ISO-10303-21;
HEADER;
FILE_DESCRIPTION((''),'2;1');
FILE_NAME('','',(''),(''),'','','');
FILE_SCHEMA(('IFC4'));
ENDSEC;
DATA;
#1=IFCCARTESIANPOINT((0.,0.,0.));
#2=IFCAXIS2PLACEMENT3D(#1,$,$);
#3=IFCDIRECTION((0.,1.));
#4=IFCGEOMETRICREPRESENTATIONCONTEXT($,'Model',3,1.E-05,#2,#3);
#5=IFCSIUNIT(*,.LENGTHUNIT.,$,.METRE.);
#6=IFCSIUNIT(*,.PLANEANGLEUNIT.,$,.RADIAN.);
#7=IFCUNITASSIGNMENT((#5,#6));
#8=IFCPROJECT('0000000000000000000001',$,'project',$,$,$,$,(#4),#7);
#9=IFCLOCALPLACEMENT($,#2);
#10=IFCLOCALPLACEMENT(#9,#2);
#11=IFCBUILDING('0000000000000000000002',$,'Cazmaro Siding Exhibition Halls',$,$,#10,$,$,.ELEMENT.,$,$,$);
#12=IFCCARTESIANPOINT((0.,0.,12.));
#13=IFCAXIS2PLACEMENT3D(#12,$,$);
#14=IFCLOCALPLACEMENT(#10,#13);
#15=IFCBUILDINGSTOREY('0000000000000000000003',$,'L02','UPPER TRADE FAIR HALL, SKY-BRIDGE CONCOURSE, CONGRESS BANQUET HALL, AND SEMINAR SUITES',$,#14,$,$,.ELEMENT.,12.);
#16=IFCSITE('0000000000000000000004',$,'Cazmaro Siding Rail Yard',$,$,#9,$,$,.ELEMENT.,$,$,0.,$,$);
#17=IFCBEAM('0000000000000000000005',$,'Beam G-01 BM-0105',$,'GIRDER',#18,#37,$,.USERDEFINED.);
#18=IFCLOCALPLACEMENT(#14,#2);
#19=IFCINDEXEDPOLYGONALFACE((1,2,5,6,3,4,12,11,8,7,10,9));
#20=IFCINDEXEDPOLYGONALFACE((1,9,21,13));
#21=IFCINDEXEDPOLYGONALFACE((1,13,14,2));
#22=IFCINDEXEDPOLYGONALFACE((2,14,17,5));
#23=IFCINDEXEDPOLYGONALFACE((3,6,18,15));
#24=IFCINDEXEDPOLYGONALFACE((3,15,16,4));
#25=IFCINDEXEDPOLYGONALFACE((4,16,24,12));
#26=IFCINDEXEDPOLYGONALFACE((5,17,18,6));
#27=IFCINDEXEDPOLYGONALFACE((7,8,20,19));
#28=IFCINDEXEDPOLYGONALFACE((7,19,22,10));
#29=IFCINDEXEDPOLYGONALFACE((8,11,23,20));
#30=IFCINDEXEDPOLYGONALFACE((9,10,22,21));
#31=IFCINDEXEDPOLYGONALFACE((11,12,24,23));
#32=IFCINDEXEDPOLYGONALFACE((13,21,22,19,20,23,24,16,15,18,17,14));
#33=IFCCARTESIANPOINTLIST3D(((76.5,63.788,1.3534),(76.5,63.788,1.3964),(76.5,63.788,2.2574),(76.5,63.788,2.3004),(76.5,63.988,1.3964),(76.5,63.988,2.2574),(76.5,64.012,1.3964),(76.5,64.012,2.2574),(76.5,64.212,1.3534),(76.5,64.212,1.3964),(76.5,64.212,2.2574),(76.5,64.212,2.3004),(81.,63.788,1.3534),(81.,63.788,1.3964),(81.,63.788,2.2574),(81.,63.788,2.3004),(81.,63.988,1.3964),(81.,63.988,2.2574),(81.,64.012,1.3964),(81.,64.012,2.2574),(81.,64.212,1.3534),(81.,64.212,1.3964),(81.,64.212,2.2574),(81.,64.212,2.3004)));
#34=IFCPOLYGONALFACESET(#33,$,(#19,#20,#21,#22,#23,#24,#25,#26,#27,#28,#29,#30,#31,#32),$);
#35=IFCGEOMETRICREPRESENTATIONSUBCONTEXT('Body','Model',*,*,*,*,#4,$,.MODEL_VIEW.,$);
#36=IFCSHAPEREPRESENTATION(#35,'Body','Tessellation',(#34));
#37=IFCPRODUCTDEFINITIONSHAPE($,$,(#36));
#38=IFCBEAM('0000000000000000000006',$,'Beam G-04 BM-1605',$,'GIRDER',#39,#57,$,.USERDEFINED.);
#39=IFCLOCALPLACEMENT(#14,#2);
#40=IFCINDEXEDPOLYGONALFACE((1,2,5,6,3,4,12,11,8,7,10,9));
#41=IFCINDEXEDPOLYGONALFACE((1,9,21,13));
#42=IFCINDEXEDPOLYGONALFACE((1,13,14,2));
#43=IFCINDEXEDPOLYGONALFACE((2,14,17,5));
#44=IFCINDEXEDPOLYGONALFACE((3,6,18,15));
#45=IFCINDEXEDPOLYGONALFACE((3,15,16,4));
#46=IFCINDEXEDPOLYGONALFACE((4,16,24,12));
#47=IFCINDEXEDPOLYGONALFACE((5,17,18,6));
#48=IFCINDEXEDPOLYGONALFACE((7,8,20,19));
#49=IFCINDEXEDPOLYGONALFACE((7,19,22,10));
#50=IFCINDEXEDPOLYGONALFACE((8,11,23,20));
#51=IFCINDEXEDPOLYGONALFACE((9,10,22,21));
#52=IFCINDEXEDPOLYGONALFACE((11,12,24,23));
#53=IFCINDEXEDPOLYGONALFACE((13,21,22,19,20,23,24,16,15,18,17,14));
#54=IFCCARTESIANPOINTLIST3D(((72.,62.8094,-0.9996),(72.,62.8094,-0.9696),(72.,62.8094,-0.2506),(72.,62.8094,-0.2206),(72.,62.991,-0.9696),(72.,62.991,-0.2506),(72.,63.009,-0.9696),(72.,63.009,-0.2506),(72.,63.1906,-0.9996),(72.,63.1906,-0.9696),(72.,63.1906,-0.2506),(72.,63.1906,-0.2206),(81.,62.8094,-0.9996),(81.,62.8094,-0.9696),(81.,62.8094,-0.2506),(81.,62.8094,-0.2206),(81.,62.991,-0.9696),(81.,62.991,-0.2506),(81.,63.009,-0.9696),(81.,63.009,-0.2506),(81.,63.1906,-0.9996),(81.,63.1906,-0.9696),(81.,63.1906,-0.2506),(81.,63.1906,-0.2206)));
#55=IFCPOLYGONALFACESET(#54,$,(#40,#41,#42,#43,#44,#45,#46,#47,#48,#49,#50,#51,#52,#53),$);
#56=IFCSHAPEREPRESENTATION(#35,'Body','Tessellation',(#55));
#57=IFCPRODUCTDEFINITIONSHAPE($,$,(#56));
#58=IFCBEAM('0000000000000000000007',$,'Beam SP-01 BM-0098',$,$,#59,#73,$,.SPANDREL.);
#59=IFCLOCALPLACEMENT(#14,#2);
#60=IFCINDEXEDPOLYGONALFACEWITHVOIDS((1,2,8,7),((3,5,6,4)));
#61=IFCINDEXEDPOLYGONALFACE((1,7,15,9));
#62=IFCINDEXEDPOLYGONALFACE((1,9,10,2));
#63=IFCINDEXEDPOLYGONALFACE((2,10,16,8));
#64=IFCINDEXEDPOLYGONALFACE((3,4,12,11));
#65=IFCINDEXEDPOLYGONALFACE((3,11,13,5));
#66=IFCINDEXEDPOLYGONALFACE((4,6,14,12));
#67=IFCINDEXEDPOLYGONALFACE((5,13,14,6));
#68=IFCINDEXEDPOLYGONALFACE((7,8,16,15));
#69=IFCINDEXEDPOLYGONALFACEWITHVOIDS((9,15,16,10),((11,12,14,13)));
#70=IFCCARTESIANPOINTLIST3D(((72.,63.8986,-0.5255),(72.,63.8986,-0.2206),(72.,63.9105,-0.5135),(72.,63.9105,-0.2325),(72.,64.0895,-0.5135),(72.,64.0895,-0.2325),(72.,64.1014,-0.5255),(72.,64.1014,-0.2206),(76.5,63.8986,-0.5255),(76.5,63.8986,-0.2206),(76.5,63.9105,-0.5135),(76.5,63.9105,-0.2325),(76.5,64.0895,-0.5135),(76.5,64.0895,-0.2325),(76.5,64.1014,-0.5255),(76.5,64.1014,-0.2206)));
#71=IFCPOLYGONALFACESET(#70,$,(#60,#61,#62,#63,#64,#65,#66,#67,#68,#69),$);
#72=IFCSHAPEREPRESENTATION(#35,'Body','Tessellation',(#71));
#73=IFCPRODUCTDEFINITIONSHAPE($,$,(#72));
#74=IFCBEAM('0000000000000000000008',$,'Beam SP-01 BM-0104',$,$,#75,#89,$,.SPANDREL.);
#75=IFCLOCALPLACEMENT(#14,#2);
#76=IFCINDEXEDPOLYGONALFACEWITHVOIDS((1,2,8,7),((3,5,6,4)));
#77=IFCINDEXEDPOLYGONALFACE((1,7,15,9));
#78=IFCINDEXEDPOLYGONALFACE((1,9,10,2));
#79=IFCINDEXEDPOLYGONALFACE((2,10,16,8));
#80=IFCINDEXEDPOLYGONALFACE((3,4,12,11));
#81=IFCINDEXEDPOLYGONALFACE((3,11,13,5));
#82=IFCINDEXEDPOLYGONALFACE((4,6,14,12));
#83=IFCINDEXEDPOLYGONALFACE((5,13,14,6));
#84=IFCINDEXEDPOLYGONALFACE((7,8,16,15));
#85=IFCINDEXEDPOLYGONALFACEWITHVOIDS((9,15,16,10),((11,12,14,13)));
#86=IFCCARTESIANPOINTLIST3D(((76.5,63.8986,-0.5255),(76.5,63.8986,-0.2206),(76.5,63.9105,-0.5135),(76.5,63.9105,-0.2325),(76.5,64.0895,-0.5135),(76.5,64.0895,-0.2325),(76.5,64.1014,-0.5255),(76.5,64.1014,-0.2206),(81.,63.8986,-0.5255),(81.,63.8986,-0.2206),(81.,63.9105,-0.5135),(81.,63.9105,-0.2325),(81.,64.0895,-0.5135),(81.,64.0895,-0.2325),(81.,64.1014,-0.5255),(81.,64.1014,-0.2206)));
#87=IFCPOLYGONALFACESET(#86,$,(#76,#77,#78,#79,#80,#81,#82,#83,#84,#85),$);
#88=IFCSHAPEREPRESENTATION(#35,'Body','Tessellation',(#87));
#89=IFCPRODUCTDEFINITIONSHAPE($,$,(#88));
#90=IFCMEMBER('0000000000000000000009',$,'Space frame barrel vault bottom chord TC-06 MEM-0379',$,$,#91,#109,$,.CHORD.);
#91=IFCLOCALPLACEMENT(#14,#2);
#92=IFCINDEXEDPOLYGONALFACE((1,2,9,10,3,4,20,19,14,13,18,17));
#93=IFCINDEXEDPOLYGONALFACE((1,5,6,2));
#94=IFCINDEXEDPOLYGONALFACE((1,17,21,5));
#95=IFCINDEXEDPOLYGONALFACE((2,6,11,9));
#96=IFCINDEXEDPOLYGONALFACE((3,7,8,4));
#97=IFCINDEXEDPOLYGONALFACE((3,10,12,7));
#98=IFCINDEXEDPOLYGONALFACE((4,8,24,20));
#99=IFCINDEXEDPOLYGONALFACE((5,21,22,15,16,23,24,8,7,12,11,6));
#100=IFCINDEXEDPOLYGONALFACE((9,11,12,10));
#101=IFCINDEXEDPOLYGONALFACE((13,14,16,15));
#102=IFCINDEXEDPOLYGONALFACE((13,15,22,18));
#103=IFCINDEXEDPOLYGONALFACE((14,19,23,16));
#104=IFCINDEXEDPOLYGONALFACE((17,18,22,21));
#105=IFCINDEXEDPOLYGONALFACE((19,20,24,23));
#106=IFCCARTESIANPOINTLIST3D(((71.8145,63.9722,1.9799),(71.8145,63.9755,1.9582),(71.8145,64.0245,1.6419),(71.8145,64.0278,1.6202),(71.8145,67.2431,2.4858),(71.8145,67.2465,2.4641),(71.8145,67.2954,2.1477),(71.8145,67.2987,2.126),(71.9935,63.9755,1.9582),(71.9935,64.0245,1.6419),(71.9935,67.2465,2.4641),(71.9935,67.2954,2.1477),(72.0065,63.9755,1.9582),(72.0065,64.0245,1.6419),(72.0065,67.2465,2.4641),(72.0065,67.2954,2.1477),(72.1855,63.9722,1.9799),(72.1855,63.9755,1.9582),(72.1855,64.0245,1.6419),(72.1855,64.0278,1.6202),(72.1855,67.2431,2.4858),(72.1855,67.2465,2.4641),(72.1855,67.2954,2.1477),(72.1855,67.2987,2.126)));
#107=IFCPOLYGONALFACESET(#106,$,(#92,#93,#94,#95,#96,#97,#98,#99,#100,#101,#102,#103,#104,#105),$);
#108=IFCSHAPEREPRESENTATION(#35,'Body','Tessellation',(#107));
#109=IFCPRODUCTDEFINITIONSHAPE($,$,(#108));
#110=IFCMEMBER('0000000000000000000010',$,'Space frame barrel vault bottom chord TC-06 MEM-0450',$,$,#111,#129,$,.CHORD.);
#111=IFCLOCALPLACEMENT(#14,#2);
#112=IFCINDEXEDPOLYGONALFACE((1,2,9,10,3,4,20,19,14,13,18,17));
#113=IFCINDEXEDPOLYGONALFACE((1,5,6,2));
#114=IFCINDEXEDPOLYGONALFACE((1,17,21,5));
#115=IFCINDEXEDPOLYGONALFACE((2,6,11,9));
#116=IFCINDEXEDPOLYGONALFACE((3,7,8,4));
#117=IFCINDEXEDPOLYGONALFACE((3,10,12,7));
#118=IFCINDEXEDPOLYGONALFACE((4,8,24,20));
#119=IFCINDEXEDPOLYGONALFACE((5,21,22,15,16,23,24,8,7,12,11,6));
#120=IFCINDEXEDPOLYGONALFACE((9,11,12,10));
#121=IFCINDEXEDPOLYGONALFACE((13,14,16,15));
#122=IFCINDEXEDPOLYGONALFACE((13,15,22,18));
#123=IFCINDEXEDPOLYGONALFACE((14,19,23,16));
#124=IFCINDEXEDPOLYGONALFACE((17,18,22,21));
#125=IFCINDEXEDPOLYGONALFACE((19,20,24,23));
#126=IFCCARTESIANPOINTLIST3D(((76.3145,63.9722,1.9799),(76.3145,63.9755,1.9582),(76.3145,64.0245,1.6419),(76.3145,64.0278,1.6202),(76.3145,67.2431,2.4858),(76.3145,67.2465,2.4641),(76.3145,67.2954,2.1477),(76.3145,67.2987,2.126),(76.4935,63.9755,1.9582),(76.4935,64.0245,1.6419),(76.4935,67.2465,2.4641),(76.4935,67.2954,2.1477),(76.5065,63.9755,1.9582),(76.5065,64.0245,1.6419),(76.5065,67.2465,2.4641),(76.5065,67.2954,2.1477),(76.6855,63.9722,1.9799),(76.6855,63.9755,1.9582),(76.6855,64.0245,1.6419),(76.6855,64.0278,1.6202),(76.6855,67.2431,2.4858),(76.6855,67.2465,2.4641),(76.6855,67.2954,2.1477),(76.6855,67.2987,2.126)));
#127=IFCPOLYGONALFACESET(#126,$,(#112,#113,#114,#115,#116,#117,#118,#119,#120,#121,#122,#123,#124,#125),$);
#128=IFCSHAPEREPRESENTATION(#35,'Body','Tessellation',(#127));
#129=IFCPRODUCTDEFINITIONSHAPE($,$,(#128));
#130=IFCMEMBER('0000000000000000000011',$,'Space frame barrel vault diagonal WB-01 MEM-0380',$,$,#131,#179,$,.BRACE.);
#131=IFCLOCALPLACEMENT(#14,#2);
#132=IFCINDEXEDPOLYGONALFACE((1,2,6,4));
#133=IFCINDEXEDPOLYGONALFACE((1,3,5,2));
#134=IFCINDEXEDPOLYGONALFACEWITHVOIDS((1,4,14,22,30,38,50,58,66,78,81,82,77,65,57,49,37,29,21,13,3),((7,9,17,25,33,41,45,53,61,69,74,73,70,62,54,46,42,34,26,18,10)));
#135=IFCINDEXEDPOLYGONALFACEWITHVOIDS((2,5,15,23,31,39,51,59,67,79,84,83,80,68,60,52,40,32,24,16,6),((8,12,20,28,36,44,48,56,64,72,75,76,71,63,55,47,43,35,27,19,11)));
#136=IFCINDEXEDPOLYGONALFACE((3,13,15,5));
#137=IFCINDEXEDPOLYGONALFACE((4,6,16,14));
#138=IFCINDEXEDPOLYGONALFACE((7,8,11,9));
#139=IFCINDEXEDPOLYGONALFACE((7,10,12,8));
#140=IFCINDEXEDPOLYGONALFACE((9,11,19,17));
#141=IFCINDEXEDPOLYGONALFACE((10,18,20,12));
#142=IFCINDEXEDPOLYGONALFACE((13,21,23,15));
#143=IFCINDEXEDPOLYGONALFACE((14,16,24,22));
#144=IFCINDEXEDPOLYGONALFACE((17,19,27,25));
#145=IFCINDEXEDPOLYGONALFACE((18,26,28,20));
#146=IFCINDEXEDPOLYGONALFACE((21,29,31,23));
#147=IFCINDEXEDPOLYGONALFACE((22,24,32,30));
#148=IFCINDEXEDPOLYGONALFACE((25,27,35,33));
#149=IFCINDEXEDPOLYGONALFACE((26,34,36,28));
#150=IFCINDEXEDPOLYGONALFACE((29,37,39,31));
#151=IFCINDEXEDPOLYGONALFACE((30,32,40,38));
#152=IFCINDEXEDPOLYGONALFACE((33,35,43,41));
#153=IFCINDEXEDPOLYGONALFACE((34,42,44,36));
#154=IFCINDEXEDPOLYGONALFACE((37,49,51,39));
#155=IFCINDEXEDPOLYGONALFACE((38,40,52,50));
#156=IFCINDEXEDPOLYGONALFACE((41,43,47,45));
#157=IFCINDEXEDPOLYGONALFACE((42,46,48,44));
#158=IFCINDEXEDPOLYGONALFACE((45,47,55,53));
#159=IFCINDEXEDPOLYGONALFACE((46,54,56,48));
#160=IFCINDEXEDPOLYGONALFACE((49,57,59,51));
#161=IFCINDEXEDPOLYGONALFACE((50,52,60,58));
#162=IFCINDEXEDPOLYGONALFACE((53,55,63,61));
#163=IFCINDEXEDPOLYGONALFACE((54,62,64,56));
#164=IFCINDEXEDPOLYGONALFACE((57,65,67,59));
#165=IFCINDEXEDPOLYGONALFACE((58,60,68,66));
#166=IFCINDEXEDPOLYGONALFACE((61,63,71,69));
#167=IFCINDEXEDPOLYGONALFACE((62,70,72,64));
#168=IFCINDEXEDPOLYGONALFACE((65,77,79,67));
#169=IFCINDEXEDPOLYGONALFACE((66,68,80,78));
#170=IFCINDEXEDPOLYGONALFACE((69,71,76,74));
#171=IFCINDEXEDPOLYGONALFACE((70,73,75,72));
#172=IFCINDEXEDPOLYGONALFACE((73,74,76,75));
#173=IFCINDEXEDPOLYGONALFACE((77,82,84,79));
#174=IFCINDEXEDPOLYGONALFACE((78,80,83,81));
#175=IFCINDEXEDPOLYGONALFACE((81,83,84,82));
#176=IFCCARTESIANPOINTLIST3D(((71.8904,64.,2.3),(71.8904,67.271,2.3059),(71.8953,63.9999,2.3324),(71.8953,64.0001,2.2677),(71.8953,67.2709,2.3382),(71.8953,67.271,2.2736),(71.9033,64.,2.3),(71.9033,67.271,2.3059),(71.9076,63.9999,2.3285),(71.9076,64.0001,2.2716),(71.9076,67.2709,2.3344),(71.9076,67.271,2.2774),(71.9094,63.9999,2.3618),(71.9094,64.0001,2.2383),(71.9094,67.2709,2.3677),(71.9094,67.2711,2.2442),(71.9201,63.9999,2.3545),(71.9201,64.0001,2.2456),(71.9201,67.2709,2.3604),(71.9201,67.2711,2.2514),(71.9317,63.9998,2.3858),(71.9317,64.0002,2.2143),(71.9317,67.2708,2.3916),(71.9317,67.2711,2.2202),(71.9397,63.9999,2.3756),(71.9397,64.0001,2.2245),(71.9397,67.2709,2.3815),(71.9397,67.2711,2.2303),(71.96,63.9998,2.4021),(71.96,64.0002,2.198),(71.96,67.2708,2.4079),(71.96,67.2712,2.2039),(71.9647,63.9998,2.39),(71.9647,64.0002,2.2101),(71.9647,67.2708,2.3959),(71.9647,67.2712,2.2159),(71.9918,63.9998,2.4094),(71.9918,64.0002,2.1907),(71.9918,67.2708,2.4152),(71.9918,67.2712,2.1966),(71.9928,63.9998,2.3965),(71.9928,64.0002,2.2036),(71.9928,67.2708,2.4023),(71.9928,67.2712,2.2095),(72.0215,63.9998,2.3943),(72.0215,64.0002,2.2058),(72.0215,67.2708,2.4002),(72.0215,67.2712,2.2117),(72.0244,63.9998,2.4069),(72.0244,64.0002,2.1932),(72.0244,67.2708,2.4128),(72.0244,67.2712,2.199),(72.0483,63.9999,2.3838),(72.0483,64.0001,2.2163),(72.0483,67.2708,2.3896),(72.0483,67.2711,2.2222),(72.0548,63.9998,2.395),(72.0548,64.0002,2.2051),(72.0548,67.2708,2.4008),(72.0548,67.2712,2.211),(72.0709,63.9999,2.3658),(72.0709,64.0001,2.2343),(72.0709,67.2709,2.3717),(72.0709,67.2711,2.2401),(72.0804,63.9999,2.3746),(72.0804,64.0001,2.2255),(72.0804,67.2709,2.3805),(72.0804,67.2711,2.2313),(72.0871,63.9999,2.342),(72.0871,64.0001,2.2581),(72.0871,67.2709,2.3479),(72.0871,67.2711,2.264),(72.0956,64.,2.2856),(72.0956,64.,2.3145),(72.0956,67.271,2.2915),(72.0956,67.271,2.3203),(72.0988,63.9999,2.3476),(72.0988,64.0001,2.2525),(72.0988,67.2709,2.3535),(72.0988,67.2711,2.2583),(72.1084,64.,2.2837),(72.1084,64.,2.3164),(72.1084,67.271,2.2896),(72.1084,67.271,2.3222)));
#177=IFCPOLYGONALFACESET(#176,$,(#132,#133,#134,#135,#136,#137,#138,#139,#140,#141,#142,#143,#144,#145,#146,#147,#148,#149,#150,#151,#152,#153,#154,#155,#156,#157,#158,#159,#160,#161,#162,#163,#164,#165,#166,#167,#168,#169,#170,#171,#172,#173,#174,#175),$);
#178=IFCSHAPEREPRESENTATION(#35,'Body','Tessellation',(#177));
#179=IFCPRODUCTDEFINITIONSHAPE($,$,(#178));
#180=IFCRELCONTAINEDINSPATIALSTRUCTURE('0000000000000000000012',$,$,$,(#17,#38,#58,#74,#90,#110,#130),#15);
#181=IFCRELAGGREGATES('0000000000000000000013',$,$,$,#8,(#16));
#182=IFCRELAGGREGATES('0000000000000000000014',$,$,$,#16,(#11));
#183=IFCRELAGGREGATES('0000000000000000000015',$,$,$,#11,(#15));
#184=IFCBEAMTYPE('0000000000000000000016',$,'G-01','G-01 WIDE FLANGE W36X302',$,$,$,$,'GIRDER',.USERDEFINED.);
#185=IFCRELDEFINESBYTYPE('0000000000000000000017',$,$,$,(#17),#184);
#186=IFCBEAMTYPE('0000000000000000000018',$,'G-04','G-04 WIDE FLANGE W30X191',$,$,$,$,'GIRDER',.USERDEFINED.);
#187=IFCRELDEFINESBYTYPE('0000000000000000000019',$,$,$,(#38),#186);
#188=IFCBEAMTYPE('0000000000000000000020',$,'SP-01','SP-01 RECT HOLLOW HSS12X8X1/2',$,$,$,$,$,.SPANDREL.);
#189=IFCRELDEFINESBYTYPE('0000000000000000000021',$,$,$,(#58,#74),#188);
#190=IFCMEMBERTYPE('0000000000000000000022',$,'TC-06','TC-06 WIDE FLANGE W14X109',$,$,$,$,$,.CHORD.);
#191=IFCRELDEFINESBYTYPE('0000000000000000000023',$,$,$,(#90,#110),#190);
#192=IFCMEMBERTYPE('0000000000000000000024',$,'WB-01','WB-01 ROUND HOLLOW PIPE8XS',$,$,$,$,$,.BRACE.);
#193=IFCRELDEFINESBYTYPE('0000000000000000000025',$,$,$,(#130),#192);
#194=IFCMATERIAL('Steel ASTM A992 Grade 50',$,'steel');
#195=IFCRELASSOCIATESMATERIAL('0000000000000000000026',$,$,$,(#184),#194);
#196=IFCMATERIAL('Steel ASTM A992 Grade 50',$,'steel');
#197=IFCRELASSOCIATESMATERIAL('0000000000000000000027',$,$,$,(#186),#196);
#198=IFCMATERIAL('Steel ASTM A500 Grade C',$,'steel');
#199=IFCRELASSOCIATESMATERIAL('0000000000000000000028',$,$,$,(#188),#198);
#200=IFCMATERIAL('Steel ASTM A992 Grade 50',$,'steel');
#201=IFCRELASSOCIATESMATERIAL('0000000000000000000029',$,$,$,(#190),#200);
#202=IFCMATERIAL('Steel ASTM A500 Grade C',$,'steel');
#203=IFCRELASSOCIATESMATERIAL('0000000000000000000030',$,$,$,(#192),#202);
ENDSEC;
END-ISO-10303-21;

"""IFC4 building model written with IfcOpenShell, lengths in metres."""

from ifc_helpers import new_model, si_unit, direction, frame, origin, origin_2d, place, context, subcontext, project, spatial, hollow_rectangle, hollow_circle, i_section, extrude, material, material_profile, profile_set, type_object, element, save


model = new_model("IFC4")

# Units and contexts
model_context = context("Model", 3, precision=1e-05, world=origin(), true_north=direction((0.0, 1.0)))
body_context = subcontext(model_context, "Body", "Model", "MODEL_VIEW")
ifc_project = project(units=[si_unit("LENGTHUNIT", "METRE"), si_unit("PLANEANGLEUNIT", "RADIAN")], contexts=[model_context])

# Site, building, storey
site_placement = place(None, origin())
site = spatial("IfcSite", under=ifc_project, at=site_placement, Name="Cazmaro Siding Rail Yard", CompositionType="ELEMENT", RefElevation=0.0)
building_placement = place(site_placement, origin())
building = spatial("IfcBuilding", under=site, at=building_placement, Name="Cazmaro Siding Exhibition Halls", CompositionType="ELEMENT")
storey_placement = place(building_placement, frame((0.0, 0.0, 12.0)))
storey = spatial("IfcBuildingStorey", under=building, at=storey_placement, Name="L02", Description="UPPER TRADE FAIR HALL, SKY-BRIDGE CONCOURSE, CONGRESS BANQUET HALL, AND SEMINAR SUITES", CompositionType="ELEMENT", Elevation=12.0)

# Beams
ifc_material_1 = material(Name="Steel ASTM A992 Grade 50", Category="steel")
ifc_material_profile_1 = material_profile(ifc_material_1, i_section(OverallWidth=0.4241, OverallDepth=0.947, WebThickness=0.0239, FlangeThickness=0.043, at=origin_2d()), Name="W36X302")
ifc_profile_set_1 = profile_set([ifc_material_profile_1], Name="Steel ASTM A992 Grade 50")
beam_type_1 = type_object("IfcBeamType", Name="G-01", Description="G-01 WIDE FLANGE W36X302", ElementType="GIRDER", PredefinedType="USERDEFINED", material=ifc_profile_set_1)
for number, where, z_axis, x_axis, name in (
    (1, (76.5, 64.0, 1.8269), (1.0, 0.0, 0.0), (0.0, 1.0, 0.0), "Beam G-01 BM-0105"),
):
    element("IfcBeam", number, at=place(storey_placement, frame(where, z_axis=z_axis, x_axis=x_axis)), inside=storey, type_object=beam_type_1, Name=name, ObjectType="GIRDER", PredefinedType="USERDEFINED", context=body_context, shape_type="SweptSolid", body=[
        extrude(i_section(OverallWidth=0.4241, OverallDepth=0.947, WebThickness=0.0239, FlangeThickness=0.043, at=origin_2d()), origin(), (0.0, 0.0, 1.0), 4.5),
    ])
ifc_material_2 = material(Name="Steel ASTM A992 Grade 50", Category="steel")
ifc_material_profile_2 = material_profile(ifc_material_2, i_section(OverallWidth=0.3811, OverallDepth=0.7791, WebThickness=0.0181, FlangeThickness=0.03, at=origin_2d()), Name="W30X191")
ifc_profile_set_2 = profile_set([ifc_material_profile_2], Name="Steel ASTM A992 Grade 50")
beam_type_2 = type_object("IfcBeamType", Name="G-04", Description="G-04 WIDE FLANGE W30X191", ElementType="GIRDER", PredefinedType="USERDEFINED", material=ifc_profile_set_2)
beam_1_placement = place(storey_placement, frame((72.0, 63.0, -0.6101), z_axis=(1.0, 0.0, 0.0), x_axis=(0.0, 1.0, 0.0)))
element("IfcBeam", 2, at=beam_1_placement, inside=storey, type_object=beam_type_2, Name="Beam G-04 BM-1605", ObjectType="GIRDER", PredefinedType="USERDEFINED", context=body_context, shape_type="SweptSolid", body=[
    extrude(i_section(OverallWidth=0.3811, OverallDepth=0.7791, WebThickness=0.0181, FlangeThickness=0.03, at=origin_2d()), origin(), (0.0, 0.0, 1.0), 9.0),
])
ifc_material_3 = material(Name="Steel ASTM A500 Grade C", Category="steel")
ifc_material_profile_3 = material_profile(ifc_material_3, hollow_rectangle(XDim=0.2029, YDim=0.3049, WallThickness=0.012, at=origin_2d()), Name="HSS12X8X1/2")
ifc_profile_set_3 = profile_set([ifc_material_profile_3], Name="Steel ASTM A500 Grade C")
beam_type_3 = type_object("IfcBeamType", Name="SP-01", Description="SP-01 RECT HOLLOW HSS12X8X1/2", PredefinedType="SPANDREL", material=ifc_profile_set_3)
for number, where, z_axis, x_axis, name in (
    (3, (72.0, 64.0, -0.373), (1.0, 0.0, 0.0), (0.0, 1.0, 0.0), "Beam SP-01 BM-0098"),
    (4, (76.5, 64.0, -0.373), (1.0, 0.0, 0.0), (0.0, 1.0, 0.0), "Beam SP-01 BM-0104"),
):
    element("IfcBeam", number, at=place(storey_placement, frame(where, z_axis=z_axis, x_axis=x_axis)), inside=storey, type_object=beam_type_3, Name=name, PredefinedType="SPANDREL", context=body_context, shape_type="SweptSolid", body=[
        extrude(hollow_rectangle(XDim=0.2029, YDim=0.3049, WallThickness=0.012, at=origin_2d()), origin(), (0.0, 0.0, 1.0), 4.5),
    ])

# Members
ifc_material_4 = material(Name="Steel ASTM A992 Grade 50", Category="steel")
ifc_material_profile_4 = material_profile(ifc_material_4, i_section(OverallWidth=0.3711, OverallDepth=0.364, WebThickness=0.0129, FlangeThickness=0.022, at=origin_2d()), Name="W14X109")
ifc_profile_set_4 = profile_set([ifc_material_profile_4], Name="Steel ASTM A992 Grade 50")
member_type_1 = type_object("IfcMemberType", Name="TC-06", Description="TC-06 WIDE FLANGE W14X109", PredefinedType="CHORD", material=ifc_profile_set_4)
for number, where, z_axis, x_axis, name in (
    (5, (72.0, 64.0, 1.8), (0.0, 0.988252, 0.152833), (-1.0, 0.0, 0.0), "Space frame barrel vault bottom chord TC-06 MEM-0379"),
    (6, (76.5, 64.0, 1.8), (0.0, 0.988252, 0.152833), (-1.0, 0.0, 0.0), "Space frame barrel vault bottom chord TC-06 MEM-0450"),
):
    element("IfcMember", number, at=place(storey_placement, frame(where, z_axis=z_axis, x_axis=x_axis)), inside=storey, type_object=member_type_1, Name=name, PredefinedType="CHORD", context=body_context, shape_type="SweptSolid", body=[
        extrude(i_section(OverallWidth=0.3711, OverallDepth=0.364, WebThickness=0.0129, FlangeThickness=0.022, at=origin_2d()), origin(), (0.0, 0.0, 1.0), 3.3098),
    ])
ifc_material_5 = material(Name="Steel ASTM A500 Grade C", Category="steel")
ifc_material_profile_5 = material_profile(ifc_material_5, hollow_circle(Radius=0.1096, WallThickness=0.0129, at=origin_2d()), Name="PIPE8XS")
ifc_profile_set_5 = profile_set([ifc_material_profile_5], Name="Steel ASTM A500 Grade C")
member_type_2 = type_object("IfcMemberType", Name="WB-01", Description="WB-01 ROUND HOLLOW PIPE8XS", PredefinedType="BRACE", material=ifc_profile_set_5)
for number, where, z_axis, x_axis, name in (
    (7, (72.0, 64.0, 2.3), (0.0, 0.999998, 0.001791), (-1.0, 0.0, 0.0), "Space frame barrel vault diagonal WB-01 MEM-0380"),
):
    element("IfcMember", number, at=place(storey_placement, frame(where, z_axis=z_axis, x_axis=x_axis)), inside=storey, type_object=member_type_2, Name=name, PredefinedType="BRACE", context=body_context, shape_type="SweptSolid", body=[
        extrude(hollow_circle(Radius=0.1096, WallThickness=0.0129, at=origin_2d()), origin(), (0.0, 0.0, 1.0), 3.271),
    ])

save(model, "model.ifc")
